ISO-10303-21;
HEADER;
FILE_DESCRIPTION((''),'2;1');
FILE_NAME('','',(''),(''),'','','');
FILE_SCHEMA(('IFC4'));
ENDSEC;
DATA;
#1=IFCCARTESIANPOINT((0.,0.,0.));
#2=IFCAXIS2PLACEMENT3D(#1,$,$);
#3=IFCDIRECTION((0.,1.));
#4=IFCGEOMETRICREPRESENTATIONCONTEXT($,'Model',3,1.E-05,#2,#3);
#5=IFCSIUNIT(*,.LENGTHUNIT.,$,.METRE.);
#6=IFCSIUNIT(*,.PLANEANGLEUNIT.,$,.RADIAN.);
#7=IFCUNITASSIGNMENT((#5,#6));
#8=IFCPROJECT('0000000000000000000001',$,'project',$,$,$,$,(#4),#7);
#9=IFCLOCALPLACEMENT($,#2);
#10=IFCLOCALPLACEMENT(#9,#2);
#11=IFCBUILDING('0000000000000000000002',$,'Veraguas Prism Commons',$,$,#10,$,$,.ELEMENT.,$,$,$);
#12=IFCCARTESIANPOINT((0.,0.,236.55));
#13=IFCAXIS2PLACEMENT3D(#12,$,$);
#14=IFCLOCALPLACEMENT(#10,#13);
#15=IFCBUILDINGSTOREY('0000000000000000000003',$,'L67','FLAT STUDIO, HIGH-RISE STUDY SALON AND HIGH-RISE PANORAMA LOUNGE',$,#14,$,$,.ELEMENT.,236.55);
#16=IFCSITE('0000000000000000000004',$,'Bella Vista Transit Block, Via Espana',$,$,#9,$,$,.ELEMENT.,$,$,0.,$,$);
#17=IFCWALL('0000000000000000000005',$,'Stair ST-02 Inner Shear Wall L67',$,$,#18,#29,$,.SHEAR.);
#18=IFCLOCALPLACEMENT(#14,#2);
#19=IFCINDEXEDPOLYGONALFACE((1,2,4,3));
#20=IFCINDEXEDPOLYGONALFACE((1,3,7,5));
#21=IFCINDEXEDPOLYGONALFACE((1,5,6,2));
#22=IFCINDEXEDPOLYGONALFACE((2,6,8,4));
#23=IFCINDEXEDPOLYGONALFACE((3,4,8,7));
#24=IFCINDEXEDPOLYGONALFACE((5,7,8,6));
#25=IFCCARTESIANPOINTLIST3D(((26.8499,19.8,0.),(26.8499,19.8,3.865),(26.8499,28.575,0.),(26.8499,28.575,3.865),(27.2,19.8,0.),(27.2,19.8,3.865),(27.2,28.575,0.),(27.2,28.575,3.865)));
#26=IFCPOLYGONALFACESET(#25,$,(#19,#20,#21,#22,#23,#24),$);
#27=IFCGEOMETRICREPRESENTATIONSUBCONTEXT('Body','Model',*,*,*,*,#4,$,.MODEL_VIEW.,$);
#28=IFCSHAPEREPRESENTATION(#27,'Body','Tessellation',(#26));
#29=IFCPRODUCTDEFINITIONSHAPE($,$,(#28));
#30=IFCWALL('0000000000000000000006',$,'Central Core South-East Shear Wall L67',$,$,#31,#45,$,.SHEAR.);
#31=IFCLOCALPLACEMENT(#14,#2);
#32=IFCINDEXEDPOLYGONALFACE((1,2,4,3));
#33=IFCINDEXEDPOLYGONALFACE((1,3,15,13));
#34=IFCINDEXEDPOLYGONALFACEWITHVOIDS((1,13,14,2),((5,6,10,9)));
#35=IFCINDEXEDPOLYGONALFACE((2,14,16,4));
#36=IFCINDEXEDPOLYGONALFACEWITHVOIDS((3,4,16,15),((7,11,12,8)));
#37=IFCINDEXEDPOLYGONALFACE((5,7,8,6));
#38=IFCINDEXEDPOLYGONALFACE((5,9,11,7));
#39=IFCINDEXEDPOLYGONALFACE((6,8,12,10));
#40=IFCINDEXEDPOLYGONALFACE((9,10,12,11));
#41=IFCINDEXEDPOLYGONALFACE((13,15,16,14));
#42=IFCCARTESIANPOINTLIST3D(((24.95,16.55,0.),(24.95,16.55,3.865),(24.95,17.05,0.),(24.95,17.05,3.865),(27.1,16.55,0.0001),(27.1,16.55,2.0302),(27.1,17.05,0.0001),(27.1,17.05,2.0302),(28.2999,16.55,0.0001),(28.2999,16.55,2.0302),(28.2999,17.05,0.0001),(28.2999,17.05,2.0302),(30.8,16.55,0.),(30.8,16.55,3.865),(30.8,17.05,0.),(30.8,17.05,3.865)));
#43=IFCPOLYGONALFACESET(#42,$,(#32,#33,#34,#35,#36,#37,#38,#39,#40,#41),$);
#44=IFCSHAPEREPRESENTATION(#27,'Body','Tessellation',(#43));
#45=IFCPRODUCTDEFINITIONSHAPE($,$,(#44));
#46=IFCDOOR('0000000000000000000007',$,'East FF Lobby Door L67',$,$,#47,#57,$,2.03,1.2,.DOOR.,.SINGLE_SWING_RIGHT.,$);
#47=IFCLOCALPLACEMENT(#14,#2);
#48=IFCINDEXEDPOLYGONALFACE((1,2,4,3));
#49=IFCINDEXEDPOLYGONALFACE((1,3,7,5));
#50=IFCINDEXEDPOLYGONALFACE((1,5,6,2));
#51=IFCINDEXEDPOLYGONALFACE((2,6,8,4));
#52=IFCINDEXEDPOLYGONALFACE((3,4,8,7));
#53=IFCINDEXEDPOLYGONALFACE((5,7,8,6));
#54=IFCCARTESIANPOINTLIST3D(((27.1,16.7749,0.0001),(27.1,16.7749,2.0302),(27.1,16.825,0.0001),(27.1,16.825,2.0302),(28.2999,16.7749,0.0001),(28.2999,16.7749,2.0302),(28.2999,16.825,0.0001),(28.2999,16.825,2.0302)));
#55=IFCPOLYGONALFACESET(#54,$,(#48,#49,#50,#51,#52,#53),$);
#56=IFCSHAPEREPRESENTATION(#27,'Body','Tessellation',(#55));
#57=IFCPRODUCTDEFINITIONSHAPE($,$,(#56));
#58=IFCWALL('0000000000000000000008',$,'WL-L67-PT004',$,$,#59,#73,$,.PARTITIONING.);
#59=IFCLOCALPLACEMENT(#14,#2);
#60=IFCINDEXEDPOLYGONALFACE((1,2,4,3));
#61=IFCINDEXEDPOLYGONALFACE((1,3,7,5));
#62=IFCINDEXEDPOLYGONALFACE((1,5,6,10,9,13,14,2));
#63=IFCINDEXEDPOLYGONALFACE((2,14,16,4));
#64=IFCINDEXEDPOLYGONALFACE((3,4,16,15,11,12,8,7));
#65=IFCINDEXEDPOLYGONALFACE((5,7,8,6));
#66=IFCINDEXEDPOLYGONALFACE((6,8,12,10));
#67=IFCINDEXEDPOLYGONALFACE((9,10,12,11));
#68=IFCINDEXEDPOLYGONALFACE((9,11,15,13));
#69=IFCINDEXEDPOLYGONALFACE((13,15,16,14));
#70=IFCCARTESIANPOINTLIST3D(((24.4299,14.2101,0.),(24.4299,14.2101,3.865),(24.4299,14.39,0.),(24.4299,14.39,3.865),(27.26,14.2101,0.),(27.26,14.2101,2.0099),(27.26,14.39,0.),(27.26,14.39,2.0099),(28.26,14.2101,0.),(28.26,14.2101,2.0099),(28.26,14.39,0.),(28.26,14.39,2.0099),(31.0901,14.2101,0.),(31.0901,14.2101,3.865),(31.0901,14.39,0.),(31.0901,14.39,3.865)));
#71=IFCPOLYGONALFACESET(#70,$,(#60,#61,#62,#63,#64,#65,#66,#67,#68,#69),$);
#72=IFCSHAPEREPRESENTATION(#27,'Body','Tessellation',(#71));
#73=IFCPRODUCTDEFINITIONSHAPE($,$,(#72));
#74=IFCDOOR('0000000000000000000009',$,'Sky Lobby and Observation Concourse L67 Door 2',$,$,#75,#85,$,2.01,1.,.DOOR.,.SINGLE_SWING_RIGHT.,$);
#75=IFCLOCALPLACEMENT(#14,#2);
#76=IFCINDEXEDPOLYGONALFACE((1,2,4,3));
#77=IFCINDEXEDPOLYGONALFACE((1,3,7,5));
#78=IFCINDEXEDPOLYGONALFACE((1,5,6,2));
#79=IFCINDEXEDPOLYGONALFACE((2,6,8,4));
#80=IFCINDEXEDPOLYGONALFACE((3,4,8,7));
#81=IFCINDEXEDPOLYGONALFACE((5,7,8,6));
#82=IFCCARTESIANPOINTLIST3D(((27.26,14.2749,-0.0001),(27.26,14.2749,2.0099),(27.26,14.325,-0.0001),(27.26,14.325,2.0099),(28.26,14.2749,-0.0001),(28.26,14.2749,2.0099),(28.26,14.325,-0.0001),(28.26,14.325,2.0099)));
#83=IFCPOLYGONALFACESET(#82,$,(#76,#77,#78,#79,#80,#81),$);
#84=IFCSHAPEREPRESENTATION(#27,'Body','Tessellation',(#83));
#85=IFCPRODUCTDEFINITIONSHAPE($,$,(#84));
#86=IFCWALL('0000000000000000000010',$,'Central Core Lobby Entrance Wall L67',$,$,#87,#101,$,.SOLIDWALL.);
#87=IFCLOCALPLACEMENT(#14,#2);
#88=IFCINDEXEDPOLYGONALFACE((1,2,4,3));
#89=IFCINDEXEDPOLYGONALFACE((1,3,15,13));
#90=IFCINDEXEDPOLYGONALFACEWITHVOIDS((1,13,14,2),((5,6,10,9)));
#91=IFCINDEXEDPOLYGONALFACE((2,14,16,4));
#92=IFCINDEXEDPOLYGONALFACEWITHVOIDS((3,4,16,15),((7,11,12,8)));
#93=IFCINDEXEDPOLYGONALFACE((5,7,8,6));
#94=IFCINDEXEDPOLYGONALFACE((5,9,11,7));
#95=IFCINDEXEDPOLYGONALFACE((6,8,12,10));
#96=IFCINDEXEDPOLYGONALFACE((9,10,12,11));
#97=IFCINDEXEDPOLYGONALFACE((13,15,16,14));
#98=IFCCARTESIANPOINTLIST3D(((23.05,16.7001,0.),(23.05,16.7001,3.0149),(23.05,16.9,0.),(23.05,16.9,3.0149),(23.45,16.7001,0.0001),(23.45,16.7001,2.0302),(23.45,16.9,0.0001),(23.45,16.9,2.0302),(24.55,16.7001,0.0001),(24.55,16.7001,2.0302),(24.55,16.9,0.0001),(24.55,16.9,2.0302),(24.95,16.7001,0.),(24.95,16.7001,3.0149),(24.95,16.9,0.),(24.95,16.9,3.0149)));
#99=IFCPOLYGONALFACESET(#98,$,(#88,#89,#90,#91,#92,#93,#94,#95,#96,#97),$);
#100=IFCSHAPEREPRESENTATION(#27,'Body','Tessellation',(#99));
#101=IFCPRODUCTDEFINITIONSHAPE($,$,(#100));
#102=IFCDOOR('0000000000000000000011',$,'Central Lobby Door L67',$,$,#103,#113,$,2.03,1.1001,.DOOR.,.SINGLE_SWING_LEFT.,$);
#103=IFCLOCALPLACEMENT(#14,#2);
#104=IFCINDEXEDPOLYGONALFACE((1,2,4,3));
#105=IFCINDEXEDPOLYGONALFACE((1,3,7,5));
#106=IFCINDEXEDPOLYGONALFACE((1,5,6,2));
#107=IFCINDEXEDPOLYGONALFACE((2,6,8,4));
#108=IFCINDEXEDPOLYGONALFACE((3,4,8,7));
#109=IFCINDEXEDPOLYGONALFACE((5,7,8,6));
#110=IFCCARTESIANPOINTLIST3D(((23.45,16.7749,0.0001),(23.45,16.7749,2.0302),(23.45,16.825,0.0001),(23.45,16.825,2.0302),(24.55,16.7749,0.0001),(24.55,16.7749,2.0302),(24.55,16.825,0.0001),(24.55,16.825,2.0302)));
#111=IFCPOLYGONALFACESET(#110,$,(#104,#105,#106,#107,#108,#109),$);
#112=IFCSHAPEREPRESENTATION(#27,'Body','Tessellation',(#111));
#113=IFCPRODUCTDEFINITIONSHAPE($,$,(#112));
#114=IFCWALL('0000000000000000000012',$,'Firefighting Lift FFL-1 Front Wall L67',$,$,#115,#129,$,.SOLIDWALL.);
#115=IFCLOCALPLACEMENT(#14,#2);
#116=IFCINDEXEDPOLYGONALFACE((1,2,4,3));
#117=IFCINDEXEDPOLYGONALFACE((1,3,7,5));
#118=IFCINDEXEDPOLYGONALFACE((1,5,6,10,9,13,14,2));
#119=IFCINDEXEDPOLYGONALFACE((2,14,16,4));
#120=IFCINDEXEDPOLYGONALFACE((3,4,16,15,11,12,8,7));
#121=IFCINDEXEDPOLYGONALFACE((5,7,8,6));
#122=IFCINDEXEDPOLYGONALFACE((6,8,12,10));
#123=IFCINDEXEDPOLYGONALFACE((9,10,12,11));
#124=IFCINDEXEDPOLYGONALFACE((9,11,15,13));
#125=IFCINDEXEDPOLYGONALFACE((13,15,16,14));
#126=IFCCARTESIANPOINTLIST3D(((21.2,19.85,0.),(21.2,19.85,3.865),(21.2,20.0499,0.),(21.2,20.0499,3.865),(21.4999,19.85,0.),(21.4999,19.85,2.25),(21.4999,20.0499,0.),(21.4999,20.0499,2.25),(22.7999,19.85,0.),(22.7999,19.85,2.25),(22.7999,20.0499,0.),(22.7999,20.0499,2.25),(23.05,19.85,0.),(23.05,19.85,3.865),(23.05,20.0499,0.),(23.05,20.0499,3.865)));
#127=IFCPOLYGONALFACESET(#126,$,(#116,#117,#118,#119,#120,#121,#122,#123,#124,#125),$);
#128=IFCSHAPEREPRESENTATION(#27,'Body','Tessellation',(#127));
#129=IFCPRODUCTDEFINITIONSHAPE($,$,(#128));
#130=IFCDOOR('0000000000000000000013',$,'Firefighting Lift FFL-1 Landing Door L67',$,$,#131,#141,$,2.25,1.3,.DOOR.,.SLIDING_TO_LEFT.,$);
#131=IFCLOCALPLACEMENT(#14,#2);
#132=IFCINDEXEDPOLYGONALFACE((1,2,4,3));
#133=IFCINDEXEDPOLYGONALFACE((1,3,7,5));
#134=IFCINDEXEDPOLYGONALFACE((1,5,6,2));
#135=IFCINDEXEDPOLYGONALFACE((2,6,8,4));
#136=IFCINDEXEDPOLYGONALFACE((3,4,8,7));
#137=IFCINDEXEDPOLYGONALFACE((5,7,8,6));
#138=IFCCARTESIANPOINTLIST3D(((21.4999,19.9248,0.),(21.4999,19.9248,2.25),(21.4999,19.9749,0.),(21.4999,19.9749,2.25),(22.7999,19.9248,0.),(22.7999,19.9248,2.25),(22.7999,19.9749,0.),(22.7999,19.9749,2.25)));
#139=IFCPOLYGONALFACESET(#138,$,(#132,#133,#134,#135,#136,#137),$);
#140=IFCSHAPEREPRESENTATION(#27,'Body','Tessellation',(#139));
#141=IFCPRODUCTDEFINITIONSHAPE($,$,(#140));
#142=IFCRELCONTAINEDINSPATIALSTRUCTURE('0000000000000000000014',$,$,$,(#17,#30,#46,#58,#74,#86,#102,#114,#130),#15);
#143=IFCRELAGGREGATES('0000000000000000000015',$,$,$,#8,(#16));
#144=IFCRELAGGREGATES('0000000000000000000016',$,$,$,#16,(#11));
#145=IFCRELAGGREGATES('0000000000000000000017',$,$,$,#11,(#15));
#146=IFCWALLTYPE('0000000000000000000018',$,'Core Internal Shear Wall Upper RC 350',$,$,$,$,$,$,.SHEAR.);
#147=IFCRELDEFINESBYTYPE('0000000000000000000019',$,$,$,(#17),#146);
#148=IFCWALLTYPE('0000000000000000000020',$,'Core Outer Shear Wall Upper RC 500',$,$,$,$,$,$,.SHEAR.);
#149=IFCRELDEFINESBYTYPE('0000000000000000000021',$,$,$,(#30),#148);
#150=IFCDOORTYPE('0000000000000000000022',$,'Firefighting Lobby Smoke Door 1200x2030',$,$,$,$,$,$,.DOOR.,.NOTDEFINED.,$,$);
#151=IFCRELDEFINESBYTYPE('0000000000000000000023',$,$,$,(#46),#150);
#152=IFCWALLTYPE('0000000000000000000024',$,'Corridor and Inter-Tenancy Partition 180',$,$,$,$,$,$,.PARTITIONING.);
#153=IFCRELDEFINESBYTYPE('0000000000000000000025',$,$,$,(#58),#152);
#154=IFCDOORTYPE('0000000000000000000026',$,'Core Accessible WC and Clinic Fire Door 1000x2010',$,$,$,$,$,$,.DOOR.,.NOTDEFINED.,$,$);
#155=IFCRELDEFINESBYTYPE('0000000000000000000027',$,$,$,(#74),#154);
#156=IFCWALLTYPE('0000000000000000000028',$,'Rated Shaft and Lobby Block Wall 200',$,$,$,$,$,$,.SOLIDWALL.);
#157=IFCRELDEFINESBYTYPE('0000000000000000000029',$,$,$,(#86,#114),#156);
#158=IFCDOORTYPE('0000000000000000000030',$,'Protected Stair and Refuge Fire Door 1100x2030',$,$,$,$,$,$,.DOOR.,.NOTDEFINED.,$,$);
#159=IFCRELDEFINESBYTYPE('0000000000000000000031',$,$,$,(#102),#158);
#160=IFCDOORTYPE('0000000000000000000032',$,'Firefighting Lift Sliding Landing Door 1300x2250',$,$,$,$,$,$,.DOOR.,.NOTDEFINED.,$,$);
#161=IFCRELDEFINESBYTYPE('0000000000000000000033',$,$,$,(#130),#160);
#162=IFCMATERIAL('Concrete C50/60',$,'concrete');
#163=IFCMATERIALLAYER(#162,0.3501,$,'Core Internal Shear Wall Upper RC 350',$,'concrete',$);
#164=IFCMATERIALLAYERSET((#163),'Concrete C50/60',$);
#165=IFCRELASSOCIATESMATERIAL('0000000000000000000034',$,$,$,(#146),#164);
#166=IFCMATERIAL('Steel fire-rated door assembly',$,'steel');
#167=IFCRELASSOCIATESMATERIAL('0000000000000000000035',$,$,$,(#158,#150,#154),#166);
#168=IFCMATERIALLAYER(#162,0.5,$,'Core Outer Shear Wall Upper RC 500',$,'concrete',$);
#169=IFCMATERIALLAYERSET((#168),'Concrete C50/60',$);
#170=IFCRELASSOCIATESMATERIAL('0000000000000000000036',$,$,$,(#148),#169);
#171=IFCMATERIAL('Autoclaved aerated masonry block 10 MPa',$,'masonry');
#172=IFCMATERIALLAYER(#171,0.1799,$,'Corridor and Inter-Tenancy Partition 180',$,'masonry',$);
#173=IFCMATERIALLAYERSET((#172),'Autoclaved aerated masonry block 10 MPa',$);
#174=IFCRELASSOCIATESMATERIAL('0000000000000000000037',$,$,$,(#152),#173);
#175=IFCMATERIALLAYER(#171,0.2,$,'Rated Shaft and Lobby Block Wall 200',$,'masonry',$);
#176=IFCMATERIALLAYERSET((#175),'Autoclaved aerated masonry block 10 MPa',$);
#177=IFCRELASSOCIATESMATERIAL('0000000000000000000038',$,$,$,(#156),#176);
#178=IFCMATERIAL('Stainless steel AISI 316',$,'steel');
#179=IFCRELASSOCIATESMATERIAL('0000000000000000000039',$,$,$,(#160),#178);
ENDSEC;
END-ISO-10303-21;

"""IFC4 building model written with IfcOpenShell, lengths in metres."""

from ifc_helpers import new_model, si_unit, direction, frame, frame_2d, origin, place, context, subcontext, project, spatial, rectangle, extrude, source, transform, mapped, material, layer, layer_set, type_object, element, fill, save


model = new_model("IFC4")

# Units and contexts
model_context = context("Model", 3, precision=1e-05, world=origin(), true_north=direction((0.0, 1.0)))
body_context = subcontext(model_context, "Body", "Model", "MODEL_VIEW")
ifc_project = project(units=[si_unit("LENGTHUNIT", "METRE"), si_unit("PLANEANGLEUNIT", "RADIAN")], contexts=[model_context])

# Site, building, storey
site_placement = place(None, origin())
site = spatial("IfcSite", under=ifc_project, at=site_placement, Name="Bella Vista Transit Block, Via Espana", CompositionType="ELEMENT", RefElevation=0.0)
building_placement = place(site_placement, origin())
building = spatial("IfcBuilding", under=site, at=building_placement, Name="Veraguas Prism Commons", CompositionType="ELEMENT")
storey_placement = place(building_placement, frame((0.0, 0.0, 236.55)))
storey = spatial("IfcBuildingStorey", under=building, at=storey_placement, Name="L67", Description="FLAT STUDIO, HIGH-RISE STUDY SALON AND HIGH-RISE PANORAMA LOUNGE", CompositionType="ELEMENT", Elevation=236.55)

# Shared definitions
ifc_material_1 = material(Name="Concrete C50/60", Category="concrete")

# Shared definitions
ifc_layer_1 = layer(ifc_material_1, 0.3501, Name="Core Internal Shear Wall Upper RC 350", Category="concrete")
ifc_layer_set_1 = layer_set([ifc_layer_1], Name="Concrete C50/60")
wall_type_1 = type_object("IfcWallType", Name="Core Internal Shear Wall Upper RC 350", PredefinedType="SHEAR", material=ifc_layer_set_1)
ifc_material_2 = material(Name="Steel fire-rated door assembly", Category="steel")
door_type_1 = type_object("IfcDoorType", Name="Protected Stair and Refuge Fire Door 1100x2030", OperationType="NOTDEFINED", PredefinedType="DOOR", material=ifc_material_2)
shared_shape_1 = source(origin(), body_context, "Body", "SweptSolid", [
    extrude(rectangle(XDim=1.1001, YDim=2.03, at=frame_2d((0.55, 1.0151))), frame((0.0, 0.0249, 0.0), z_axis=(0.0, -1.0, 0.0), x_axis=(1.0, 0.0, 0.0)), (0.0, 0.0, 1.0), 0.05),
])

# Wall
for number, where, z_axis, x_axis, name in (
    (1, (27.0249, 19.8, 0.0), (0.0, 0.0, 1.0), (0.0, 1.0, 0.0), "Stair ST-02 Inner Shear Wall L67"),
):
    element("IfcWall", number, at=place(storey_placement, frame(where, z_axis=z_axis, x_axis=x_axis)), inside=storey, type_object=wall_type_1, Name=name, PredefinedType="SHEAR", context=body_context, shape_type="SweptSolid", body=[
        extrude(rectangle(XDim=8.7749, YDim=0.3501, at=frame_2d((4.3875, 0.0))), origin(), (0.0, 0.0, 1.0), 3.865),
    ])

# Walls, openings, doors
ifc_layer_2 = layer(ifc_material_1, 0.5, Name="Core Outer Shear Wall Upper RC 500", Category="concrete")
ifc_layer_set_2 = layer_set([ifc_layer_2], Name="Concrete C50/60")
wall_type_2 = type_object("IfcWallType", Name="Core Outer Shear Wall Upper RC 500", PredefinedType="SHEAR", material=ifc_layer_set_2)
wall_1_placement = place(storey_placement, frame((24.95, 16.8, 0.0), z_axis=(0.0, 0.0, 1.0), x_axis=(1.0, 0.0, 0.0)))
wall_1 = element("IfcWall", 2, at=wall_1_placement, inside=storey, type_object=wall_type_2, Name="Central Core South-East Shear Wall L67", PredefinedType="SHEAR", context=body_context, shape_type="SweptSolid", body=[
    extrude(rectangle(XDim=5.8501, YDim=0.5, at=frame_2d((2.925, 0.0))), origin(), (0.0, 0.0, 1.0), 3.865),
])
opening_1_placement = place(wall_1_placement, frame((2.1499, 0.0, 0.0)))
opening_1 = element("IfcOpeningElement", 3, at=opening_1_placement, cuts=wall_1, PredefinedType="OPENING", context=body_context, shape_type="SweptSolid", body=[
    extrude(rectangle(XDim=1.2, YDim=2.03, at=frame_2d((0.6001, 1.0151))), frame((0.0, 0.26, 0.0), z_axis=(0.0, -1.0, 0.0), x_axis=(1.0, 0.0, 0.0)), (0.0, 0.0, 1.0), 0.52),
])
door_type_2 = type_object("IfcDoorType", Name="Firefighting Lobby Smoke Door 1200x2030", OperationType="NOTDEFINED", PredefinedType="DOOR", material=ifc_material_2)
shared_shape_2 = source(origin(), body_context, "Body", "SweptSolid", [
    extrude(rectangle(XDim=1.2, YDim=2.03, at=frame_2d((0.6001, 1.0151))), frame((0.0, 0.0249, 0.0), z_axis=(0.0, -1.0, 0.0), x_axis=(1.0, 0.0, 0.0)), (0.0, 0.0, 1.0), 0.05),
])
door_1_placement = place(opening_1_placement, origin())
door_1 = element("IfcDoor", 4, at=door_1_placement, inside=storey, type_object=door_type_2, Name="East FF Lobby Door L67", OperationType="SINGLE_SWING_RIGHT", OverallHeight=2.03, OverallWidth=1.2, PredefinedType="DOOR", context=body_context, shape_type="MappedRepresentation", body=[
    mapped(shared_shape_2, transform((0.0, 0.0, 0.0), scale=1.0)),
])
fill(opening_1, door_1)
ifc_material_3 = material(Name="Autoclaved aerated masonry block 10 MPa", Category="masonry")
ifc_layer_3 = layer(ifc_material_3, 0.1799, Name="Corridor and Inter-Tenancy Partition 180", Category="masonry")
ifc_layer_set_3 = layer_set([ifc_layer_3], Name="Autoclaved aerated masonry block 10 MPa")
wall_type_3 = type_object("IfcWallType", Name="Corridor and Inter-Tenancy Partition 180", PredefinedType="PARTITIONING", material=ifc_layer_set_3)
wall_2_placement = place(storey_placement, frame((24.4299, 14.3, 0.0), z_axis=(0.0, 0.0, 1.0), x_axis=(1.0, 0.0, 0.0)))
wall_2 = element("IfcWall", 5, at=wall_2_placement, inside=storey, type_object=wall_type_3, Name="WL-L67-PT004", PredefinedType="PARTITIONING", context=body_context, shape_type="SweptSolid", body=[
    extrude(rectangle(XDim=6.6602, YDim=0.1799, at=frame_2d((3.3301, 0.0))), origin(), (0.0, 0.0, 1.0), 3.865),
])
opening_2_placement = place(wall_2_placement, frame((2.8301, 0.0, 0.0)))
opening_2 = element("IfcOpeningElement", 6, at=opening_2_placement, cuts=wall_2, PredefinedType="OPENING", context=body_context, shape_type="SweptSolid", body=[
    extrude(rectangle(XDim=1.0, YDim=2.01, at=frame_2d((0.5, 1.0049))), frame((0.0, 0.0999, 0.0), z_axis=(0.0, -1.0, 0.0), x_axis=(1.0, 0.0, 0.0)), (0.0, 0.0, 1.0), 0.2),
])
door_type_3 = type_object("IfcDoorType", Name="Core Accessible WC and Clinic Fire Door 1000x2010", OperationType="NOTDEFINED", PredefinedType="DOOR", material=ifc_material_2)
shared_shape_3 = source(origin(), body_context, "Body", "SweptSolid", [
    extrude(rectangle(XDim=1.0, YDim=2.01, at=frame_2d((0.5, 1.0049))), frame((0.0, 0.0249, 0.0), z_axis=(0.0, -1.0, 0.0), x_axis=(1.0, 0.0, 0.0)), (0.0, 0.0, 1.0), 0.05),
])
door_2_placement = place(opening_2_placement, origin())
door_2 = element("IfcDoor", 7, at=door_2_placement, inside=storey, type_object=door_type_3, Name="Sky Lobby and Observation Concourse L67 Door 2", OperationType="SINGLE_SWING_RIGHT", OverallHeight=2.01, OverallWidth=1.0, PredefinedType="DOOR", context=body_context, shape_type="MappedRepresentation", body=[
    mapped(shared_shape_3, transform((0.0, 0.0, 0.0), scale=1.0)),
])
fill(opening_2, door_2)
ifc_layer_4 = layer(ifc_material_3, 0.2, Name="Rated Shaft and Lobby Block Wall 200", Category="masonry")
ifc_layer_set_4 = layer_set([ifc_layer_4], Name="Autoclaved aerated masonry block 10 MPa")
wall_type_4 = type_object("IfcWallType", Name="Rated Shaft and Lobby Block Wall 200", PredefinedType="SOLIDWALL", material=ifc_layer_set_4)
wall_3_placement = place(storey_placement, frame((23.05, 16.8, 0.0), z_axis=(0.0, 0.0, 1.0), x_axis=(1.0, 0.0, 0.0)))
wall_3 = element("IfcWall", 8, at=wall_3_placement, inside=storey, type_object=wall_type_4, Name="Central Core Lobby Entrance Wall L67", PredefinedType="SOLIDWALL", context=body_context, shape_type="SweptSolid", body=[
    extrude(rectangle(XDim=1.8999, YDim=0.2, at=frame_2d((0.95, 0.0))), origin(), (0.0, 0.0, 1.0), 3.0149),
])
opening_3_placement = place(wall_3_placement, frame((0.3999, 0.0, 0.0)))
opening_3 = element("IfcOpeningElement", 9, at=opening_3_placement, cuts=wall_3, PredefinedType="OPENING", context=body_context, shape_type="SweptSolid", body=[
    extrude(rectangle(XDim=1.1001, YDim=2.03, at=frame_2d((0.55, 1.0151))), frame((0.0, 0.1099, 0.0), z_axis=(0.0, -1.0, 0.0), x_axis=(1.0, 0.0, 0.0)), (0.0, 0.0, 1.0), 0.22),
])
door_3_placement = place(opening_3_placement, origin())
door_3 = element("IfcDoor", 10, at=door_3_placement, inside=storey, type_object=door_type_1, Name="Central Lobby Door L67", OperationType="SINGLE_SWING_LEFT", OverallHeight=2.03, OverallWidth=1.1001, PredefinedType="DOOR", context=body_context, shape_type="MappedRepresentation", body=[
    mapped(shared_shape_1, transform((0.0, 0.0, 0.0), scale=1.0)),
])
fill(opening_3, door_3)
wall_4_placement = place(storey_placement, frame((21.2, 19.95, 0.0), z_axis=(0.0, 0.0, 1.0), x_axis=(1.0, 0.0, 0.0)))
wall_4 = element("IfcWall", 11, at=wall_4_placement, inside=storey, type_object=wall_type_4, Name="Firefighting Lift FFL-1 Front Wall L67", PredefinedType="SOLIDWALL", context=body_context, shape_type="SweptSolid", body=[
    extrude(rectangle(XDim=1.8501, YDim=0.2, at=frame_2d((0.925, 0.0))), origin(), (0.0, 0.0, 1.0), 3.865),
])
opening_4_placement = place(wall_4_placement, frame((0.3, 0.0, 0.0)))
opening_4 = element("IfcOpeningElement", 12, at=opening_4_placement, cuts=wall_4, PredefinedType="OPENING", context=body_context, shape_type="SweptSolid", body=[
    extrude(rectangle(XDim=1.3, YDim=2.25, at=frame_2d((0.6499, 1.125))), frame((0.0, 0.1099, 0.0), z_axis=(0.0, -1.0, 0.0), x_axis=(1.0, 0.0, 0.0)), (0.0, 0.0, 1.0), 0.22),
])
ifc_material_4 = material(Name="Stainless steel AISI 316", Category="steel")
door_type_4 = type_object("IfcDoorType", Name="Firefighting Lift Sliding Landing Door 1300x2250", OperationType="NOTDEFINED", PredefinedType="DOOR", material=ifc_material_4)
shared_shape_4 = source(origin(), body_context, "Body", "SweptSolid", [
    extrude(rectangle(XDim=1.3, YDim=2.25, at=frame_2d((0.6499, 1.125))), frame((0.0, 0.0249, 0.0), z_axis=(0.0, -1.0, 0.0), x_axis=(1.0, 0.0, 0.0)), (0.0, 0.0, 1.0), 0.05),
])
door_4_placement = place(opening_4_placement, origin())
door_4 = element("IfcDoor", 13, at=door_4_placement, inside=storey, type_object=door_type_4, Name="Firefighting Lift FFL-1 Landing Door L67", OperationType="SLIDING_TO_LEFT", OverallHeight=2.25, OverallWidth=1.3, PredefinedType="DOOR", context=body_context, shape_type="MappedRepresentation", body=[
    mapped(shared_shape_4, transform((0.0, 0.0, 0.0), scale=1.0)),
])
fill(opening_4, door_4)

save(model, "model.ifc")
